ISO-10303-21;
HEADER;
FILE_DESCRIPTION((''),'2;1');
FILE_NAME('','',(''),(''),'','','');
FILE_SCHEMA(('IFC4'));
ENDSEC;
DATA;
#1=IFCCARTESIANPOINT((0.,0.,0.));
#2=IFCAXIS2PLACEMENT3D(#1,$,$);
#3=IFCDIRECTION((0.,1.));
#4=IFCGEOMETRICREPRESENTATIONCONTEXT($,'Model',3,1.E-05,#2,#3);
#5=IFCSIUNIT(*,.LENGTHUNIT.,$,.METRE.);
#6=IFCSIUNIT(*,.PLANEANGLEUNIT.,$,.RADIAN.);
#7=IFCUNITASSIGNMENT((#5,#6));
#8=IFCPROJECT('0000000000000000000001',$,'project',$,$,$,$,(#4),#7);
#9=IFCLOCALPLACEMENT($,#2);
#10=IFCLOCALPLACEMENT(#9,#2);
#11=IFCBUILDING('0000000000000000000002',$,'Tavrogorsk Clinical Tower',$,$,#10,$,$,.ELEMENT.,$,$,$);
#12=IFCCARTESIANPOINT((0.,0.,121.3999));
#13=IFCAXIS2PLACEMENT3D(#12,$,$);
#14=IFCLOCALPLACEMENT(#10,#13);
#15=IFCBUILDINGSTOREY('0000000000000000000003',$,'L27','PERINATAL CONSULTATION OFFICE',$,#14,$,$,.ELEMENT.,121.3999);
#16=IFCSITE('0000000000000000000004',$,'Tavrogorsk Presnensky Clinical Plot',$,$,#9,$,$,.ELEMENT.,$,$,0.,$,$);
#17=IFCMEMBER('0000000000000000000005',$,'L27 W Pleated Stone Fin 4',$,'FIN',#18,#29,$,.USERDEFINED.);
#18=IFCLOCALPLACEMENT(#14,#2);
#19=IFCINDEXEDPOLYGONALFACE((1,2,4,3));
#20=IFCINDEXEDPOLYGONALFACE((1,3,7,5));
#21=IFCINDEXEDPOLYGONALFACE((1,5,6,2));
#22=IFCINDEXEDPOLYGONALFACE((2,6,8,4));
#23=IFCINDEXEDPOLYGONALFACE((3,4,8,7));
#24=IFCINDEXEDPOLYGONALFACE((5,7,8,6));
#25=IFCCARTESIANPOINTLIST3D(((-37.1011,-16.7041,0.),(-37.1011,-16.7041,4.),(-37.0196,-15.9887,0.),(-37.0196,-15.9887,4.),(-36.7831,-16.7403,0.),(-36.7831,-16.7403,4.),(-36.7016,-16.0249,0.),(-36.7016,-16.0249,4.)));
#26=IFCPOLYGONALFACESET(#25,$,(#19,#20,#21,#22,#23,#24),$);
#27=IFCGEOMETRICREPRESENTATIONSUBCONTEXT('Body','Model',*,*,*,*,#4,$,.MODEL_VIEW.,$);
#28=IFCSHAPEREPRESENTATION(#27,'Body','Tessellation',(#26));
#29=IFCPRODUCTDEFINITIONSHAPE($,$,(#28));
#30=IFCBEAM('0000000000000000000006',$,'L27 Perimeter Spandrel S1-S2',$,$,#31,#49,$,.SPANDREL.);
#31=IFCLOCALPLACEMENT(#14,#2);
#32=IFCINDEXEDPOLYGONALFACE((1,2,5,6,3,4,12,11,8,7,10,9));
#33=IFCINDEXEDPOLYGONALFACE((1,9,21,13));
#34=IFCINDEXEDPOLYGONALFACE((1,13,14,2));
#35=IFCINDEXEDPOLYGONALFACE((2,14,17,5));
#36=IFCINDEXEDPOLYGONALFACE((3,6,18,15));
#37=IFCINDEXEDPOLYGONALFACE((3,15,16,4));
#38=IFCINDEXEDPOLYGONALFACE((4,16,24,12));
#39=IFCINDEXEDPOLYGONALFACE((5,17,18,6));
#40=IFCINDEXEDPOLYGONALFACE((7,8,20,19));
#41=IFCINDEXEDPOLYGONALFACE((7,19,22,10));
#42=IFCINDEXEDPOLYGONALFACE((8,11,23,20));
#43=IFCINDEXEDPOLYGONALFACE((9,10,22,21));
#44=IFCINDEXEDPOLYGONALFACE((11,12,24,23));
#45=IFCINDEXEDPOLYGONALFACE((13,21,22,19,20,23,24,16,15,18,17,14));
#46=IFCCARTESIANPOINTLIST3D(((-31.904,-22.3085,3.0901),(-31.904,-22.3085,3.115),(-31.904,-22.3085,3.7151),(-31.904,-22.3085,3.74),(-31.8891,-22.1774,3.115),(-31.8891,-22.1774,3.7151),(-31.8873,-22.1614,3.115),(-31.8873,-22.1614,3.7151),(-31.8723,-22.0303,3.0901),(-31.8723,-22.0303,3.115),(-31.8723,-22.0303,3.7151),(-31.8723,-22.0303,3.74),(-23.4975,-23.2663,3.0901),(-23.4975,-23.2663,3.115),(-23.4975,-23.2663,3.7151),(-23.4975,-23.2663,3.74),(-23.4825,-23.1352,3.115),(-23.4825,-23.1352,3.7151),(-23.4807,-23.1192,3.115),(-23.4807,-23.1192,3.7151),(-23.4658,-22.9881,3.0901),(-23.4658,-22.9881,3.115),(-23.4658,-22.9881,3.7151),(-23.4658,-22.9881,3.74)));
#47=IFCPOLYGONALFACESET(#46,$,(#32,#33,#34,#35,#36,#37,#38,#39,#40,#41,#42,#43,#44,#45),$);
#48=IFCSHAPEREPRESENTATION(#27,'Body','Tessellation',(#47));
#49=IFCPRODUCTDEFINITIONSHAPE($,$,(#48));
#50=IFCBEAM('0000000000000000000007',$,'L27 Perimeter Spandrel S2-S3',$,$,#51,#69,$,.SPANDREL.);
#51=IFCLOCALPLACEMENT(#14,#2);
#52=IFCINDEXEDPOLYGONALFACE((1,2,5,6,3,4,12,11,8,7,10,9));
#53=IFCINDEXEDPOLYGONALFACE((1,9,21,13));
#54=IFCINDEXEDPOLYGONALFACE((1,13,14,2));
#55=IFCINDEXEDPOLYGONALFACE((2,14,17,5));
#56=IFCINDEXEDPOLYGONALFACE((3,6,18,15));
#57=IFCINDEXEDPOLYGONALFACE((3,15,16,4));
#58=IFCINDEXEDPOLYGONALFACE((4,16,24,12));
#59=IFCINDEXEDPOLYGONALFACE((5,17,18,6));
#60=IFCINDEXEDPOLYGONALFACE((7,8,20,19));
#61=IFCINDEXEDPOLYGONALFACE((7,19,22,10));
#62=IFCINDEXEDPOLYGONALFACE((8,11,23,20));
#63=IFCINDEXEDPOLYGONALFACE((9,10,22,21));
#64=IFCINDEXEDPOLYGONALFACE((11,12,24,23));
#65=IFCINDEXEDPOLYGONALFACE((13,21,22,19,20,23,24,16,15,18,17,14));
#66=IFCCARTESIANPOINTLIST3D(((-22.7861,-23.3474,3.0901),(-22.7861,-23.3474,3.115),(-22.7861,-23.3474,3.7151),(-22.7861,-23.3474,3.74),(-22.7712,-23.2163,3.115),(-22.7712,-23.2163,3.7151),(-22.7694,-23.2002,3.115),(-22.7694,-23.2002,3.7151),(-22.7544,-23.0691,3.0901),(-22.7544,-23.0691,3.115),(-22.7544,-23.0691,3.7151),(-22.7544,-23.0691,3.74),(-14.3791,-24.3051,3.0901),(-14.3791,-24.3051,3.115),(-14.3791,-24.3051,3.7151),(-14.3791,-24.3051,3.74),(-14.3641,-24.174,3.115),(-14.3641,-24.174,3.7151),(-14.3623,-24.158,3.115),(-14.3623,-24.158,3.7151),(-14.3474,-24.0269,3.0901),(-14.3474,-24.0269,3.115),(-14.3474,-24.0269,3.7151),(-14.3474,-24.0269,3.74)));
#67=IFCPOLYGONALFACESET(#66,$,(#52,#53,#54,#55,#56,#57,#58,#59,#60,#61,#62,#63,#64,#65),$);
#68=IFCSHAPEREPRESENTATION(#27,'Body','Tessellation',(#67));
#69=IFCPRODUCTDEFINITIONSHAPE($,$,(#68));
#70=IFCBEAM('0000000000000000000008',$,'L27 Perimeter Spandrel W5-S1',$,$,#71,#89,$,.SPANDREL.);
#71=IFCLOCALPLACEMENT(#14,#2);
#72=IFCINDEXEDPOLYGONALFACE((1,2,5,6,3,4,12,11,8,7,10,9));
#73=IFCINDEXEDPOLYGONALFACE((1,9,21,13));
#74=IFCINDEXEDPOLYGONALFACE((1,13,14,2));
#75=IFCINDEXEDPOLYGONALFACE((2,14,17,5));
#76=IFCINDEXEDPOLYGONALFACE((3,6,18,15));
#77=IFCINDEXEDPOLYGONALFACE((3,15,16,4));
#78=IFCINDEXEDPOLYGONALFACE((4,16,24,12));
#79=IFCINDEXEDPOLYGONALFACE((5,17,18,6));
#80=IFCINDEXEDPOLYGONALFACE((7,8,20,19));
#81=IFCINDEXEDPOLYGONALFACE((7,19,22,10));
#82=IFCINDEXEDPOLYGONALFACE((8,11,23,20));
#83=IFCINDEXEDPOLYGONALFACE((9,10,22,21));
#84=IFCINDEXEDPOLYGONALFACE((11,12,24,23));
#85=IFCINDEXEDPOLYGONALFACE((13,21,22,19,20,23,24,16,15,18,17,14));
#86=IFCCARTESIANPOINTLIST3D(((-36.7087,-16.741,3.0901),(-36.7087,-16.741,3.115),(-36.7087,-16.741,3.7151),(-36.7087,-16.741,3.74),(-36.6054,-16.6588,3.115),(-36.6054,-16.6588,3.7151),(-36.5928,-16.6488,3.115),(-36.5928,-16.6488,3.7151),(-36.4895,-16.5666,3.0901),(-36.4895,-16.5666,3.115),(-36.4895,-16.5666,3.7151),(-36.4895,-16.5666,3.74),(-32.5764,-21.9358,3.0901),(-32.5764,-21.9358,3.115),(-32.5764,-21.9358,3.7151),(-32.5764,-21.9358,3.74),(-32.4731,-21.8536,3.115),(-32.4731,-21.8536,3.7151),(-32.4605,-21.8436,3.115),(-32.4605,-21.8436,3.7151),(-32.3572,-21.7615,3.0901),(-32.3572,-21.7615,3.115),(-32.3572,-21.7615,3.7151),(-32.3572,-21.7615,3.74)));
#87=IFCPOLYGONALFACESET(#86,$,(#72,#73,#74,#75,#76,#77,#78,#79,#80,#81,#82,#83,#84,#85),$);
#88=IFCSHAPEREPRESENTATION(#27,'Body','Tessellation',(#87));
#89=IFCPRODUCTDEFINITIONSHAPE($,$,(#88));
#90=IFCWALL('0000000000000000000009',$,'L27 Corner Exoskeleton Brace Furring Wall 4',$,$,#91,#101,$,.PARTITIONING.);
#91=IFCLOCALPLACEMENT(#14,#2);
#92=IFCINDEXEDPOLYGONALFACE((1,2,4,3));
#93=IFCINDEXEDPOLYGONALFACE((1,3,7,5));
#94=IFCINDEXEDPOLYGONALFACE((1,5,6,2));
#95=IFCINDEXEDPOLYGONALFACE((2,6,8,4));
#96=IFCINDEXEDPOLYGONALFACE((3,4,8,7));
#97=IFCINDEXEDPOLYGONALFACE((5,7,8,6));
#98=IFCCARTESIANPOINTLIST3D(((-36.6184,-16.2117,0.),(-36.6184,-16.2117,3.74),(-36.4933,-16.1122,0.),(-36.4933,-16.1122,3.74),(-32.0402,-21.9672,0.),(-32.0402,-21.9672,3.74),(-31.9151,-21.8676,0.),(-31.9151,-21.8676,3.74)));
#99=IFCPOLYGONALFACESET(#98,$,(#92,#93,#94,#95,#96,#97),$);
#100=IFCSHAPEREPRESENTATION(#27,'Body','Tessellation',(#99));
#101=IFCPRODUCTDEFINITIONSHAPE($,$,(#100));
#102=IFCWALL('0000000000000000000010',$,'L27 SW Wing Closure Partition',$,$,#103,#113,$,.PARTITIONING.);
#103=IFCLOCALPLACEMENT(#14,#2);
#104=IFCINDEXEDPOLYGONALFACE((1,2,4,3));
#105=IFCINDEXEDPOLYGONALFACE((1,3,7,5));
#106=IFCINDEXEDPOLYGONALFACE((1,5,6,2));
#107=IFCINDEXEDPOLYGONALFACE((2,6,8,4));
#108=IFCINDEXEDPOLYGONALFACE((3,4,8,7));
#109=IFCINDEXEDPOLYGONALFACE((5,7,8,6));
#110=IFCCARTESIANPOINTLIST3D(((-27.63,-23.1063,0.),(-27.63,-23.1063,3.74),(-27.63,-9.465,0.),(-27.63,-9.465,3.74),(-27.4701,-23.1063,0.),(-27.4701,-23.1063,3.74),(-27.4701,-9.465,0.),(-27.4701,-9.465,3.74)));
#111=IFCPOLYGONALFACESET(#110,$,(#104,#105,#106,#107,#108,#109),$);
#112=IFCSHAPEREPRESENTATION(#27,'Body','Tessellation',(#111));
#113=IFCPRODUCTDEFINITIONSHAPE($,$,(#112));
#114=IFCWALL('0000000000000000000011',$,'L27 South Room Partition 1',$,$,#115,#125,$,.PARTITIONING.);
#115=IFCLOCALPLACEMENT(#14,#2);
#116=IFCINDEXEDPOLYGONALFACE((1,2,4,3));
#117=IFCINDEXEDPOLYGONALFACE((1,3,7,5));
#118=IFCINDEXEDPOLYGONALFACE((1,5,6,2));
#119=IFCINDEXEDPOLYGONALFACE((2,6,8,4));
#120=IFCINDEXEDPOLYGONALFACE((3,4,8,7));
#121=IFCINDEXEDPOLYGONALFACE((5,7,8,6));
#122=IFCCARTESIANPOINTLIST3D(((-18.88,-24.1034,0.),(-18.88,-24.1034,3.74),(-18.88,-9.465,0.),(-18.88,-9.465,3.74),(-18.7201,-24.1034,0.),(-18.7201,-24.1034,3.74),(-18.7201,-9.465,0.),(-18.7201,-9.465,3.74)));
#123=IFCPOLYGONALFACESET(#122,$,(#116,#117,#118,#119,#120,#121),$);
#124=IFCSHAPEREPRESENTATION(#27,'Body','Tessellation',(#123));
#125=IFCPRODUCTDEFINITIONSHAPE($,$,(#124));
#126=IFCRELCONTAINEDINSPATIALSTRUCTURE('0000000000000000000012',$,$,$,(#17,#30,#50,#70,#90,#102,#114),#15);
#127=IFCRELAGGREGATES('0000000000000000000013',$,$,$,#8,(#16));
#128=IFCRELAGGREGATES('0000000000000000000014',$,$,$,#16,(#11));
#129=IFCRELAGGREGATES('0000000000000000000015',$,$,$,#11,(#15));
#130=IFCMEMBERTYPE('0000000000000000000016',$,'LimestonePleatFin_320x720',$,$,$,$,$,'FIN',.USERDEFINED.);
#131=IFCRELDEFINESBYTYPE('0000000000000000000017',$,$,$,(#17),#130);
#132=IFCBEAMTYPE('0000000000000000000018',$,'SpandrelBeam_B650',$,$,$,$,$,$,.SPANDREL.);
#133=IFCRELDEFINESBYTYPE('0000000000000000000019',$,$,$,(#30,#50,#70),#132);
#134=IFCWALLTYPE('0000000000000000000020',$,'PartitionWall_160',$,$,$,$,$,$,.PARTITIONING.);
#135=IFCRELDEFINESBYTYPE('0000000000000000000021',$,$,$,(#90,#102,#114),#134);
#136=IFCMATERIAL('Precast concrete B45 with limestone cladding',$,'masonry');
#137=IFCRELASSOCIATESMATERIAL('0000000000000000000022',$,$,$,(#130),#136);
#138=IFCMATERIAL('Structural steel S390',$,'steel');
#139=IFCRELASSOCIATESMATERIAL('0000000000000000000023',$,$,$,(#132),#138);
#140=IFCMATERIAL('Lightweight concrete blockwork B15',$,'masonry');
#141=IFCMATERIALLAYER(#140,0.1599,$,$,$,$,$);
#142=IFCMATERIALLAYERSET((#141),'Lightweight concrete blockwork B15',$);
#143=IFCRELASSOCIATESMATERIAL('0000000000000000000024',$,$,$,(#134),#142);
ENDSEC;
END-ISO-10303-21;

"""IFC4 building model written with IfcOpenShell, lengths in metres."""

from ifc_helpers import new_model, si_unit, direction, frame, frame_2d, origin, origin_2d, place, context, subcontext, project, spatial, rectangle, i_section, extrude, material, layer, layer_set, material_profile, profile_set, type_object, element, save


model = new_model("IFC4")

# Units and contexts
model_context = context("Model", 3, precision=1e-05, world=origin(), true_north=direction((0.0, 1.0)))
body_context = subcontext(model_context, "Body", "Model", "MODEL_VIEW")
ifc_project = project(units=[si_unit("LENGTHUNIT", "METRE"), si_unit("PLANEANGLEUNIT", "RADIAN")], contexts=[model_context])

# Site, building, storey
site_placement = place(None, origin())
site = spatial("IfcSite", under=ifc_project, at=site_placement, Name="Tavrogorsk Presnensky Clinical Plot", CompositionType="ELEMENT", RefElevation=0.0)
building_placement = place(site_placement, origin())
building = spatial("IfcBuilding", under=site, at=building_placement, Name="Tavrogorsk Clinical Tower", CompositionType="ELEMENT")
storey_placement = place(building_placement, frame((0.0, 0.0, 121.3999)))
storey = spatial("IfcBuildingStorey", under=building, at=storey_placement, Name="L27", Description="PERINATAL CONSULTATION OFFICE", CompositionType="ELEMENT", Elevation=121.3999)

# Member
ifc_material_1 = material(Name="Precast concrete B45 with limestone cladding", Category="masonry")
ifc_material_profile_1 = material_profile(ifc_material_1, rectangle(XDim=0.3201, YDim=0.72, at=origin_2d()), Name="LIMESTONE-FIN-320x720")
ifc_profile_set_1 = profile_set([ifc_material_profile_1], Name="Precast concrete B45 with limestone cladding")
member_type_1 = type_object("IfcMemberType", Name="LimestonePleatFin_320x720", ElementType="FIN", PredefinedType="USERDEFINED", material=ifc_profile_set_1)
member_1_placement = place(storey_placement, frame((-36.9014, -16.3645, 0.0), z_axis=(0.0, 0.0, 1.0), x_axis=(0.993572, -0.113203, 0.0)))
element("IfcMember", 1, at=member_1_placement, inside=storey, type_object=member_type_1, Name="L27 W Pleated Stone Fin 4", ObjectType="FIN", PredefinedType="USERDEFINED", context=body_context, shape_type="SweptSolid", body=[
    extrude(rectangle(XDim=0.3201, YDim=0.72, at=origin_2d()), origin(), (0.0, 0.0, 1.0), 4.0),
])

# Beams
ifc_material_2 = material(Name="Structural steel S390", Category="steel")
ifc_material_profile_2 = material_profile(ifc_material_2, i_section(OverallWidth=0.28, OverallDepth=0.6499, WebThickness=0.0161, FlangeThickness=0.0249, at=origin_2d()), Name="B-650x280x16x25")
ifc_profile_set_2 = profile_set([ifc_material_profile_2], Name="Structural steel S390")
beam_type_1 = type_object("IfcBeamType", Name="SpandrelBeam_B650", PredefinedType="SPANDREL", material=ifc_profile_set_2)
beam_1_placement = place(storey_placement, frame((-31.8882, -22.1694, 3.415), z_axis=(0.993572, -0.113199, 0.0), x_axis=(0.113199, 0.993572, 0.0)))
element("IfcBeam", 2, at=beam_1_placement, inside=storey, type_object=beam_type_1, Name="L27 Perimeter Spandrel S1-S2", PredefinedType="SPANDREL", context=body_context, shape_type="SweptSolid", body=[
    extrude(i_section(OverallWidth=0.28, OverallDepth=0.6499, WebThickness=0.0161, FlangeThickness=0.0249, at=origin_2d()), origin(), (0.0, 0.0, 1.0), 8.4609),
])
beam_2_placement = place(storey_placement, frame((-22.7703, -23.2083, 3.415), z_axis=(0.993573, -0.113193, 0.0), x_axis=(0.113193, 0.993573, 0.0)))
element("IfcBeam", 3, at=beam_2_placement, inside=storey, type_object=beam_type_1, Name="L27 Perimeter Spandrel S2-S3", PredefinedType="SPANDREL", context=body_context, shape_type="SweptSolid", body=[
    extrude(i_section(OverallWidth=0.28, OverallDepth=0.6499, WebThickness=0.0161, FlangeThickness=0.0249, at=origin_2d()), origin(), (0.0, 0.0, 1.0), 8.4614),
])
beam_3_placement = place(storey_placement, frame((-36.5991, -16.6538, 3.415), z_axis=(0.622531, -0.782595, 0.0), x_axis=(0.782595, 0.622531, 0.0)))
element("IfcBeam", 4, at=beam_3_placement, inside=storey, type_object=beam_type_1, Name="L27 Perimeter Spandrel W5-S1", PredefinedType="SPANDREL", context=body_context, shape_type="SweptSolid", body=[
    extrude(i_section(OverallWidth=0.28, OverallDepth=0.6499, WebThickness=0.0161, FlangeThickness=0.0249, at=origin_2d()), origin(), (0.0, 0.0, 1.0), 6.6379),
])

# Walls
ifc_material_3 = material(Name="Lightweight concrete blockwork B15", Category="masonry")
ifc_layer_1 = layer(ifc_material_3, 0.1599)
ifc_layer_set_1 = layer_set([ifc_layer_1], Name="Lightweight concrete blockwork B15")
wall_type_1 = type_object("IfcWallType", Name="PartitionWall_160", PredefinedType="PARTITIONING", material=ifc_layer_set_1)
wall_1_placement = place(storey_placement, frame((-36.5559, -16.1619, 0.0), z_axis=(0.0, 0.0, 1.0), x_axis=(0.622523, -0.782602, 0.0)))
element("IfcWall", 5, at=wall_1_placement, inside=storey, type_object=wall_type_1, Name="L27 Corner Exoskeleton Brace Furring Wall 4", PredefinedType="PARTITIONING", context=body_context, shape_type="SweptSolid", body=[
    extrude(rectangle(XDim=7.3542, YDim=0.1599, at=frame_2d((3.6772, 0.0))), origin(), (0.0, 0.0, 1.0), 3.74),
])
wall_2_placement = place(storey_placement, frame((-27.55, -23.1064, 0.0), z_axis=(0.0, 0.0, 1.0), x_axis=(0.0, 1.0, 0.0)))
element("IfcWall", 6, at=wall_2_placement, inside=storey, type_object=wall_type_1, Name="L27 SW Wing Closure Partition", PredefinedType="PARTITIONING", context=body_context, shape_type="SweptSolid", body=[
    extrude(rectangle(XDim=13.6414, YDim=0.1599, at=frame_2d((6.8208, 0.0))), origin(), (0.0, 0.0, 1.0), 3.74),
])
wall_3_placement = place(storey_placement, frame((-18.8, -24.1035, 0.0), z_axis=(0.0, 0.0, 1.0), x_axis=(0.0, 1.0, 0.0)))
element("IfcWall", 7, at=wall_3_placement, inside=storey, type_object=wall_type_1, Name="L27 South Room Partition 1", PredefinedType="PARTITIONING", context=body_context, shape_type="SweptSolid", body=[
    extrude(rectangle(XDim=14.6384, YDim=0.1599, at=frame_2d((7.3193, 0.0))), origin(), (0.0, 0.0, 1.0), 3.74),
])

save(model, "model.ifc")
